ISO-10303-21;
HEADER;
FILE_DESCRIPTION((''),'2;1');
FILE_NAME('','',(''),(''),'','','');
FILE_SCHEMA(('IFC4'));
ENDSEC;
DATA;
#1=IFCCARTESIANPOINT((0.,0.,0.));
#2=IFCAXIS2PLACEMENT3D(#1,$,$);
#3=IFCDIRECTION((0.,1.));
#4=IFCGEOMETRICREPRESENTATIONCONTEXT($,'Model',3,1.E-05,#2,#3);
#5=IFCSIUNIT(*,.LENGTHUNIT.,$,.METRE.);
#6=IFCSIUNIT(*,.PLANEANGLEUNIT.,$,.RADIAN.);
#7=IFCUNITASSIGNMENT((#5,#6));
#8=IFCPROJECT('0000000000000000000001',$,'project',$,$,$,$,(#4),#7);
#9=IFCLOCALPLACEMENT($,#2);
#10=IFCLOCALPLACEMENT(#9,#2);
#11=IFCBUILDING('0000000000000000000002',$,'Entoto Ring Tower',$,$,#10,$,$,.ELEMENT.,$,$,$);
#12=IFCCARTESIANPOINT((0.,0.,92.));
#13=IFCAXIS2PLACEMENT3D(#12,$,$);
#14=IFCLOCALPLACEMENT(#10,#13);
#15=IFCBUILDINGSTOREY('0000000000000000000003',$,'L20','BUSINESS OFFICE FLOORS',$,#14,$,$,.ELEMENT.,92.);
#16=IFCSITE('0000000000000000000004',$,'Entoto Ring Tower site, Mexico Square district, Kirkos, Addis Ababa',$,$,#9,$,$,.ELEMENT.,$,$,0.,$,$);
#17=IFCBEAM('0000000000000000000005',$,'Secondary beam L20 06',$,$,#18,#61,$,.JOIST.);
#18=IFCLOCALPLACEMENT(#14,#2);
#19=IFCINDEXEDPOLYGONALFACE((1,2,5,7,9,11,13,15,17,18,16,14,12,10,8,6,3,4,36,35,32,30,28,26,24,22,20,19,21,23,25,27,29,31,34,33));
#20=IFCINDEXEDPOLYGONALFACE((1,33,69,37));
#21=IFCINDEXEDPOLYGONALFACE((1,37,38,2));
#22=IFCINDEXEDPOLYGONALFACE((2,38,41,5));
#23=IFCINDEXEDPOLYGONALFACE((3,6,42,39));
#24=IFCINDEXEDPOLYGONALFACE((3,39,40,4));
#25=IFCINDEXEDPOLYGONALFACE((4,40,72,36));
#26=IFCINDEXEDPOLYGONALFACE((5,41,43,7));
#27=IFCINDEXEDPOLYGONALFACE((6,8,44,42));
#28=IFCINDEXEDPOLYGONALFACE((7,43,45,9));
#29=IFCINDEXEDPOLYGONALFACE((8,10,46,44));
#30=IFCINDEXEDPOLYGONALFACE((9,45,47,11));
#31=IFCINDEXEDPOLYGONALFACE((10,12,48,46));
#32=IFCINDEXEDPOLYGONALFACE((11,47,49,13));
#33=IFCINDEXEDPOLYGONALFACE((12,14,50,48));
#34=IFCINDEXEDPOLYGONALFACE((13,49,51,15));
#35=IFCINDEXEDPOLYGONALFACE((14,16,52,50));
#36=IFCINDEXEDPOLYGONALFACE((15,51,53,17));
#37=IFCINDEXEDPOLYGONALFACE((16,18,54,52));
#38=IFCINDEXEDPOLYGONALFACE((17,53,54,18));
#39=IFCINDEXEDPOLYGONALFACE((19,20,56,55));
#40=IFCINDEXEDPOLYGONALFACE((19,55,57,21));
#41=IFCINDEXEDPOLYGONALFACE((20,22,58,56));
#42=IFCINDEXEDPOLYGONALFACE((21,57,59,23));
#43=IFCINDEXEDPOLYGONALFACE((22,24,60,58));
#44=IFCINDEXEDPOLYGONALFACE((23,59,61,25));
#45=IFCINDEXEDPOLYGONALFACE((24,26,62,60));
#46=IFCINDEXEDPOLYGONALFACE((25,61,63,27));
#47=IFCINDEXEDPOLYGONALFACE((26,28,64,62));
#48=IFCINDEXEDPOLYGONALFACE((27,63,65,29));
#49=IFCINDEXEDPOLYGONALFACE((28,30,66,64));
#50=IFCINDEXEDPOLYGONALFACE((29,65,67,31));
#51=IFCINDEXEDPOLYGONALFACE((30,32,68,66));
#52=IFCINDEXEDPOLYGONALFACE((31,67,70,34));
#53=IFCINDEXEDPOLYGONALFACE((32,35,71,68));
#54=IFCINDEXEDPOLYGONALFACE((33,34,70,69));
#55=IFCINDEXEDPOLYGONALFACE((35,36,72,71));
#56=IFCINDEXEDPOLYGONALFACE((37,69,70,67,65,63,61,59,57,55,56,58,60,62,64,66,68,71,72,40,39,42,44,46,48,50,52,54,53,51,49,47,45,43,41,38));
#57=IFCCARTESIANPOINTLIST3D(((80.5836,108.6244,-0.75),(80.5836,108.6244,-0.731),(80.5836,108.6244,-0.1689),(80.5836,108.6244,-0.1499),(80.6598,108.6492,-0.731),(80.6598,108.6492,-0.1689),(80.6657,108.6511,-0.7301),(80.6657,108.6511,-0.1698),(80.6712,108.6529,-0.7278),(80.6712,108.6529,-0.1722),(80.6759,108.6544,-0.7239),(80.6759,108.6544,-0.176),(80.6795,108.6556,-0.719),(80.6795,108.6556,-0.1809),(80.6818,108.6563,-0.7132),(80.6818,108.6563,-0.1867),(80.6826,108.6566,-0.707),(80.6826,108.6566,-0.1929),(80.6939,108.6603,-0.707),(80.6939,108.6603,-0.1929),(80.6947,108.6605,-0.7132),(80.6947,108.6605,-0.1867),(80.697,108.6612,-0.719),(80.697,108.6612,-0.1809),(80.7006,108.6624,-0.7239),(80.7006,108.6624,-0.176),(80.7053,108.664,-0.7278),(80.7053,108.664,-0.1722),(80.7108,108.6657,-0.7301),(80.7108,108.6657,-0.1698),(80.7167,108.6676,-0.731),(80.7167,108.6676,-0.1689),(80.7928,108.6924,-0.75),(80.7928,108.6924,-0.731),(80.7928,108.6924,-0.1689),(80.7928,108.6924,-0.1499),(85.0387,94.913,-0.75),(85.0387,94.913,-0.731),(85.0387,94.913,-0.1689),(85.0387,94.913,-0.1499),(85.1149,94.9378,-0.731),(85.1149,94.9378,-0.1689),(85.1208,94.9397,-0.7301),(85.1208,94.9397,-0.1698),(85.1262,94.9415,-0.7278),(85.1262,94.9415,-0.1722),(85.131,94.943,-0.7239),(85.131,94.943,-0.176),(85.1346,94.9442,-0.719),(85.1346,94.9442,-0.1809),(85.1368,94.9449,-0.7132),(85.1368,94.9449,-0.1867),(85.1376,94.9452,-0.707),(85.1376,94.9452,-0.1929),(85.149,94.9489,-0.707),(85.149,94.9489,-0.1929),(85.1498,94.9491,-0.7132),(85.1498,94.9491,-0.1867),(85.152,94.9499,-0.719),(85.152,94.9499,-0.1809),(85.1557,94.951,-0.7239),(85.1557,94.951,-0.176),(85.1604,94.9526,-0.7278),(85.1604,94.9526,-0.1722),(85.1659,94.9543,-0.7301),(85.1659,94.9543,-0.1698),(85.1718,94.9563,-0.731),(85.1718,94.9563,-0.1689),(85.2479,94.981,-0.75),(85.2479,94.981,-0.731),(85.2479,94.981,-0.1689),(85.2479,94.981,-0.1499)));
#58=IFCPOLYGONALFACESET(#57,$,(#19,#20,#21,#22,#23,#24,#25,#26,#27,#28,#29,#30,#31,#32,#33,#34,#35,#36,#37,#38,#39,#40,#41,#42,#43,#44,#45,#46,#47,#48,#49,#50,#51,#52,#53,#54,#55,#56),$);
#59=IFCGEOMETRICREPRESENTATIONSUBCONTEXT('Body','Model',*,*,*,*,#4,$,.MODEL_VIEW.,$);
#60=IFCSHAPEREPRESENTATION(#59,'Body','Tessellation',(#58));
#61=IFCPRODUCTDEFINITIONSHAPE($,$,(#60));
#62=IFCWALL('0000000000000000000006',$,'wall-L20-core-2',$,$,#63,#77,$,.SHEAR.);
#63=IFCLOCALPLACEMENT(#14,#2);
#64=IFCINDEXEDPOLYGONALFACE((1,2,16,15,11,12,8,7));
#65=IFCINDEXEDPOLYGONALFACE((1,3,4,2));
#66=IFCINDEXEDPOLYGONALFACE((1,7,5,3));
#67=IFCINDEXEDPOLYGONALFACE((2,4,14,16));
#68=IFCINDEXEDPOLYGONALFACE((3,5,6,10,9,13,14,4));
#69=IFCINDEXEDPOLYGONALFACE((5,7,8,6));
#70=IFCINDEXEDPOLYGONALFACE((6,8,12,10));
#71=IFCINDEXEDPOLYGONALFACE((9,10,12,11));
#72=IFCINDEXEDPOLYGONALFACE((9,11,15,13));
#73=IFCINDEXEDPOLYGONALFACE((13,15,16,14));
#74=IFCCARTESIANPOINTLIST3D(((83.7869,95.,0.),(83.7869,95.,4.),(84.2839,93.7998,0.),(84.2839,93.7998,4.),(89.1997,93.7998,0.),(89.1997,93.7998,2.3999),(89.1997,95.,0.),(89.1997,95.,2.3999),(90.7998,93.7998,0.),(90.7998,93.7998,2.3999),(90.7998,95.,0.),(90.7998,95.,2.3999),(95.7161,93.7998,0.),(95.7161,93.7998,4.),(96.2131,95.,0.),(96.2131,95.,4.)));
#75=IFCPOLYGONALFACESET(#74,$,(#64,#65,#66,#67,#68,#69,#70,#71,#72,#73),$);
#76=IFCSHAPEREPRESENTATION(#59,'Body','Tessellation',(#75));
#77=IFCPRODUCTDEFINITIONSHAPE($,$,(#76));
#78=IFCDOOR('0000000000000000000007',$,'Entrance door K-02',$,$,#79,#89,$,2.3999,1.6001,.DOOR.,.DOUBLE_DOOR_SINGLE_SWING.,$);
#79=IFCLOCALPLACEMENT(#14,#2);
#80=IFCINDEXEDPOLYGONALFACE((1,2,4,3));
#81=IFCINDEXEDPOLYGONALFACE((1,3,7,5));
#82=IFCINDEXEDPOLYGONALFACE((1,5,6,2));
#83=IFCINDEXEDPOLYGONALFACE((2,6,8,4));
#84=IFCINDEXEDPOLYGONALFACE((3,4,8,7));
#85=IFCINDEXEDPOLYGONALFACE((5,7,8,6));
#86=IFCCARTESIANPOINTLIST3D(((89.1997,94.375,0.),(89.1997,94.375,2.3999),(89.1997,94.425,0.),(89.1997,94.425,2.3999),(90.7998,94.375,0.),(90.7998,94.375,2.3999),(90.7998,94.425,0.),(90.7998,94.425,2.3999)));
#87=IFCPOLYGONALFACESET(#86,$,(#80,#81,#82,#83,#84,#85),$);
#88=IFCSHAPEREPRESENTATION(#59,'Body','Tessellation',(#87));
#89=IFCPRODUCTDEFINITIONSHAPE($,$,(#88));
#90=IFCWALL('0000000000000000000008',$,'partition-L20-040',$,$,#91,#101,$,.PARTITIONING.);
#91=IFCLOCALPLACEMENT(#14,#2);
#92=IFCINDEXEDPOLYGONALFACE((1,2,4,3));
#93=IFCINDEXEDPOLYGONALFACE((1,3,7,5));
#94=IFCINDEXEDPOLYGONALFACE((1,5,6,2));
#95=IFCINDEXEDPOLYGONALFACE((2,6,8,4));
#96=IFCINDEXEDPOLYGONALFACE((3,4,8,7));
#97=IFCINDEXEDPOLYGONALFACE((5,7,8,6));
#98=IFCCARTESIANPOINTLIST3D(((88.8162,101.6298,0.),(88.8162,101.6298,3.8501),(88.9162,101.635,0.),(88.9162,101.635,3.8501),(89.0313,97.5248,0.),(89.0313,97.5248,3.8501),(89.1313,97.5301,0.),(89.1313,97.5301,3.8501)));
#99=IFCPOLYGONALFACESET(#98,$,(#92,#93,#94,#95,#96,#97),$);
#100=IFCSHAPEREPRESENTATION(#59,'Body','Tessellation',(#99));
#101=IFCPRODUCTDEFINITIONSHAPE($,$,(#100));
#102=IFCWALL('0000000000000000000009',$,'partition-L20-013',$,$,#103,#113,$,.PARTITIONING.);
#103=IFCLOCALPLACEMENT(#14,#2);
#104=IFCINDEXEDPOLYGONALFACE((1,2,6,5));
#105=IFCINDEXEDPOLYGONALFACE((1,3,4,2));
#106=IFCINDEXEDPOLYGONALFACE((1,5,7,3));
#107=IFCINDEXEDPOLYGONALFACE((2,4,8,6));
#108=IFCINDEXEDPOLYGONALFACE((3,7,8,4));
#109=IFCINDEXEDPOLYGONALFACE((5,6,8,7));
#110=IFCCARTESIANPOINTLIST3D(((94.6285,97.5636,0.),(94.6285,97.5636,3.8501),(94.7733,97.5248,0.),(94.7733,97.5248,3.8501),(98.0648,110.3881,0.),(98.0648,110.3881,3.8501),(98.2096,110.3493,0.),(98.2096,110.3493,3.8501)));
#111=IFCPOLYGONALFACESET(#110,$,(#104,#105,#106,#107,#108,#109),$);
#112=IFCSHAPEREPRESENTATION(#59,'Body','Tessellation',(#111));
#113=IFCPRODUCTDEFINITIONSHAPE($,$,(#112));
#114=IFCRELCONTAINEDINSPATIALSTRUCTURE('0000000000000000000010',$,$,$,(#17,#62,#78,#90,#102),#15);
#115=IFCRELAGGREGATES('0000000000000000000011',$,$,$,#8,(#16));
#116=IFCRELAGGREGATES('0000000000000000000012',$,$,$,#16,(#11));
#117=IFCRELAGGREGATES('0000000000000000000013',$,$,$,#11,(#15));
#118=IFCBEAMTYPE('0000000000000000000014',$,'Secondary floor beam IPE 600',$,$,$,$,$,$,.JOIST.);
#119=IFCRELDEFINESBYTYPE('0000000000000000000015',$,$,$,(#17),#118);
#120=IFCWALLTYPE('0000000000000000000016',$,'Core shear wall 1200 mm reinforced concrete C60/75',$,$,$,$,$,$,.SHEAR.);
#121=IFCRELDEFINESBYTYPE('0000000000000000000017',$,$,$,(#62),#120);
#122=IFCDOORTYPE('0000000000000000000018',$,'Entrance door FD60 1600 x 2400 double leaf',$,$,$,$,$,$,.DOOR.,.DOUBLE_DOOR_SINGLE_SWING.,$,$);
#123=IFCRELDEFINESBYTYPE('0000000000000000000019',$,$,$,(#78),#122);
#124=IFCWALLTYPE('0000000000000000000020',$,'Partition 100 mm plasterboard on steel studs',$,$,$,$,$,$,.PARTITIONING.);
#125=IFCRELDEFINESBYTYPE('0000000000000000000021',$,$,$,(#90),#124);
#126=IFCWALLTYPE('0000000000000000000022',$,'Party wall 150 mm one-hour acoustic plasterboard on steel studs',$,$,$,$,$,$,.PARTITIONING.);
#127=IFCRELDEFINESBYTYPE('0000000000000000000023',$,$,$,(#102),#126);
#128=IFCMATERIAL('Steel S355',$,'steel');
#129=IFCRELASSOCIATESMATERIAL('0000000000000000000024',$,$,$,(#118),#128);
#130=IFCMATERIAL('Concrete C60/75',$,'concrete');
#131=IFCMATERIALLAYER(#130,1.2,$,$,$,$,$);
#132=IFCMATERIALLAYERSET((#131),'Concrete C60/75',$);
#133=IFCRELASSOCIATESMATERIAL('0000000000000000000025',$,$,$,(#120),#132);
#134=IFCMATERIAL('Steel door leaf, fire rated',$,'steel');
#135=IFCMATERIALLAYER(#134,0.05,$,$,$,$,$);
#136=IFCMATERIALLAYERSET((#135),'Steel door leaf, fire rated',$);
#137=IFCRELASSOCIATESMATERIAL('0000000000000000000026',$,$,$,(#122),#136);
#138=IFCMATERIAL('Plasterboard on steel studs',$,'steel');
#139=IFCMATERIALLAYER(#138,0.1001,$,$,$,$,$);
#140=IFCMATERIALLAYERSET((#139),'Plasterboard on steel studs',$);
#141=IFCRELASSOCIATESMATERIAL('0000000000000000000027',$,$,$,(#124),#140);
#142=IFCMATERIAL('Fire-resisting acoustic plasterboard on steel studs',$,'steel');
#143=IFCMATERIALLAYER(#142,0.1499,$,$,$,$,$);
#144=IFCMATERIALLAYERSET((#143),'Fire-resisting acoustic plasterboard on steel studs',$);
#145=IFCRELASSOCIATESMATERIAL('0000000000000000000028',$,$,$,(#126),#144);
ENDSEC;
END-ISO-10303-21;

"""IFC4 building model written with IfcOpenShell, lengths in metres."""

from ifc_helpers import new_model, si_unit, direction, frame, frame_2d, origin, origin_2d, place, context, subcontext, project, spatial, polyline, rectangle, i_section, outline, extrude, material, layer, layer_set, material_profile, profile_set, type_object, element, fill, save


model = new_model("IFC4")

# Units and contexts
model_context = context("Model", 3, precision=1e-05, world=origin(), true_north=direction((0.0, 1.0)))
body_context = subcontext(model_context, "Body", "Model", "MODEL_VIEW")
ifc_project = project(units=[si_unit("LENGTHUNIT", "METRE"), si_unit("PLANEANGLEUNIT", "RADIAN")], contexts=[model_context])

# Site, building, storey
site_placement = place(None, origin())
site = spatial("IfcSite", under=ifc_project, at=site_placement, Name="Entoto Ring Tower site, Mexico Square district, Kirkos, Addis Ababa", CompositionType="ELEMENT", RefElevation=0.0)
building_placement = place(site_placement, origin())
building = spatial("IfcBuilding", under=site, at=building_placement, Name="Entoto Ring Tower", CompositionType="ELEMENT")
storey_placement = place(building_placement, frame((0.0, 0.0, 92.0)))
storey = spatial("IfcBuildingStorey", under=building, at=storey_placement, Name="L20", Description="BUSINESS OFFICE FLOORS", CompositionType="ELEMENT", Elevation=92.0)

# Beam
ifc_material_1 = material(Name="Steel S355", Category="steel")
ifc_material_profile_1 = material_profile(ifc_material_1, i_section(OverallWidth=0.22, OverallDepth=0.6001, WebThickness=0.012, FlangeThickness=0.019, FilletRadius=0.0239, at=origin_2d()), Name="IPE 600")
ifc_profile_set_1 = profile_set([ifc_material_profile_1], Name="Steel S355")
beam_type_1 = type_object("IfcBeamType", Name="Secondary floor beam IPE 600", PredefinedType="JOIST", material=ifc_profile_set_1)
beam_1_placement = place(storey_placement, frame((85.1433, 94.947, -0.45), z_axis=(-0.309015, 0.951057, 0.0), x_axis=(-0.951057, -0.309015, 0.0)))
element("IfcBeam", 1, at=beam_1_placement, inside=storey, type_object=beam_type_1, Name="Secondary beam L20 06", PredefinedType="JOIST", context=body_context, shape_type="SweptSolid", body=[
    extrude(i_section(OverallWidth=0.22, OverallDepth=0.6001, WebThickness=0.012, FlangeThickness=0.019, FilletRadius=0.0239, at=origin_2d()), origin(), (0.0, 0.0, 1.0), 14.417),
])

# Wall, opening, door
ifc_material_2 = material(Name="Concrete C60/75", Category="concrete")
ifc_layer_1 = layer(ifc_material_2, 1.2)
ifc_layer_set_1 = layer_set([ifc_layer_1], Name="Concrete C60/75")
wall_type_1 = type_object("IfcWallType", Name="Core shear wall 1200 mm reinforced concrete C60/75", PredefinedType="SHEAR", material=ifc_layer_set_1)
wall_1_placement = place(storey_placement, frame((95.9646, 94.3999, 0.0), z_axis=(0.0, 0.0, 1.0), x_axis=(-1.0, 0.0, 0.0)))
wall_1 = element("IfcWall", 2, at=wall_1_placement, inside=storey, type_object=wall_type_1, Name="wall-L20-core-2", PredefinedType="SHEAR", context=body_context, shape_type="SweptSolid", body=[
    extrude(outline(polyline([(-0.2485, -0.6001), (12.1777, -0.6001), (11.6807, 0.6001), (0.2485, 0.6001), (-0.2485, -0.6001)])), origin(), (0.0, 0.0, 1.0), 4.0),
])
opening_placement = place(wall_1_placement, frame((5.1648, 0.0, 0.0)))
opening = element("IfcOpeningElement", 3, at=opening_placement, cuts=wall_1, PredefinedType="OPENING", context=body_context, shape_type="SweptSolid", body=[
    extrude(rectangle(XDim=1.6001, YDim=2.3999, at=frame_2d((0.8, 1.2))), frame((0.0, 0.6099, 0.0), z_axis=(0.0, -1.0, 0.0), x_axis=(1.0, 0.0, 0.0)), (0.0, 0.0, 1.0), 1.22),
])
ifc_material_3 = material(Name="Steel door leaf, fire rated", Category="steel")
ifc_layer_2 = layer(ifc_material_3, 0.05)
ifc_layer_set_2 = layer_set([ifc_layer_2], Name="Steel door leaf, fire rated")
door_type = type_object("IfcDoorType", Name="Entrance door FD60 1600 x 2400 double leaf", OperationType="DOUBLE_DOOR_SINGLE_SWING", PredefinedType="DOOR", material=ifc_layer_set_2)
door_placement = place(opening_placement, origin())
door = element("IfcDoor", 4, at=door_placement, inside=storey, type_object=door_type, Name="Entrance door K-02", OperationType="DOUBLE_DOOR_SINGLE_SWING", OverallHeight=2.3999, OverallWidth=1.6001, PredefinedType="DOOR", context=body_context, shape_type="SweptSolid", body=[
    extrude(rectangle(XDim=1.6001, YDim=2.3999, at=frame_2d((0.8, 1.2))), frame((0.0, 0.0249, 0.0), z_axis=(0.0, -1.0, 0.0), x_axis=(1.0, 0.0, 0.0)), (0.0, 0.0, 1.0), 0.05),
])
fill(opening, door)

# Walls
ifc_material_4 = material(Name="Plasterboard on steel studs", Category="steel")
ifc_layer_3 = layer(ifc_material_4, 0.1001)
ifc_layer_set_3 = layer_set([ifc_layer_3], Name="Plasterboard on steel studs")
wall_type_2 = type_object("IfcWallType", Name="Partition 100 mm plasterboard on steel studs", PredefinedType="PARTITIONING", material=ifc_layer_set_3)
wall_2_placement = place(storey_placement, frame((89.0813, 97.5276, 0.0), z_axis=(0.0, 0.0, 1.0), x_axis=(-0.052325, 0.99863, 0.0)))
element("IfcWall", 5, at=wall_2_placement, inside=storey, type_object=wall_type_2, Name="partition-L20-040", PredefinedType="PARTITIONING", context=body_context, shape_type="SweptSolid", body=[
    extrude(rectangle(XDim=4.1106, YDim=0.1001, at=frame_2d((2.0552, 0.0))), origin(), (0.0, 0.0, 1.0), 3.8501),
])
ifc_material_5 = material(Name="Fire-resisting acoustic plasterboard on steel studs", Category="steel")
ifc_layer_4 = layer(ifc_material_5, 0.1499)
ifc_layer_set_4 = layer_set([ifc_layer_4], Name="Fire-resisting acoustic plasterboard on steel studs")
wall_type_3 = type_object("IfcWallType", Name="Party wall 150 mm one-hour acoustic plasterboard on steel studs", PredefinedType="PARTITIONING", material=ifc_layer_set_4)
wall_3_placement = place(storey_placement, frame((94.7009, 97.5442, 0.0), z_axis=(0.0, 0.0, 1.0), x_axis=(0.258817, 0.965926, 0.0)))
element("IfcWall", 6, at=wall_3_placement, inside=storey, type_object=wall_type_3, Name="partition-L20-013", PredefinedType="PARTITIONING", context=body_context, shape_type="SweptSolid", body=[
    extrude(rectangle(XDim=13.2769, YDim=0.1499, at=frame_2d((6.6384, 0.0))), origin(), (0.0, 0.0, 1.0), 3.8501),
])

save(model, "model.ifc")
